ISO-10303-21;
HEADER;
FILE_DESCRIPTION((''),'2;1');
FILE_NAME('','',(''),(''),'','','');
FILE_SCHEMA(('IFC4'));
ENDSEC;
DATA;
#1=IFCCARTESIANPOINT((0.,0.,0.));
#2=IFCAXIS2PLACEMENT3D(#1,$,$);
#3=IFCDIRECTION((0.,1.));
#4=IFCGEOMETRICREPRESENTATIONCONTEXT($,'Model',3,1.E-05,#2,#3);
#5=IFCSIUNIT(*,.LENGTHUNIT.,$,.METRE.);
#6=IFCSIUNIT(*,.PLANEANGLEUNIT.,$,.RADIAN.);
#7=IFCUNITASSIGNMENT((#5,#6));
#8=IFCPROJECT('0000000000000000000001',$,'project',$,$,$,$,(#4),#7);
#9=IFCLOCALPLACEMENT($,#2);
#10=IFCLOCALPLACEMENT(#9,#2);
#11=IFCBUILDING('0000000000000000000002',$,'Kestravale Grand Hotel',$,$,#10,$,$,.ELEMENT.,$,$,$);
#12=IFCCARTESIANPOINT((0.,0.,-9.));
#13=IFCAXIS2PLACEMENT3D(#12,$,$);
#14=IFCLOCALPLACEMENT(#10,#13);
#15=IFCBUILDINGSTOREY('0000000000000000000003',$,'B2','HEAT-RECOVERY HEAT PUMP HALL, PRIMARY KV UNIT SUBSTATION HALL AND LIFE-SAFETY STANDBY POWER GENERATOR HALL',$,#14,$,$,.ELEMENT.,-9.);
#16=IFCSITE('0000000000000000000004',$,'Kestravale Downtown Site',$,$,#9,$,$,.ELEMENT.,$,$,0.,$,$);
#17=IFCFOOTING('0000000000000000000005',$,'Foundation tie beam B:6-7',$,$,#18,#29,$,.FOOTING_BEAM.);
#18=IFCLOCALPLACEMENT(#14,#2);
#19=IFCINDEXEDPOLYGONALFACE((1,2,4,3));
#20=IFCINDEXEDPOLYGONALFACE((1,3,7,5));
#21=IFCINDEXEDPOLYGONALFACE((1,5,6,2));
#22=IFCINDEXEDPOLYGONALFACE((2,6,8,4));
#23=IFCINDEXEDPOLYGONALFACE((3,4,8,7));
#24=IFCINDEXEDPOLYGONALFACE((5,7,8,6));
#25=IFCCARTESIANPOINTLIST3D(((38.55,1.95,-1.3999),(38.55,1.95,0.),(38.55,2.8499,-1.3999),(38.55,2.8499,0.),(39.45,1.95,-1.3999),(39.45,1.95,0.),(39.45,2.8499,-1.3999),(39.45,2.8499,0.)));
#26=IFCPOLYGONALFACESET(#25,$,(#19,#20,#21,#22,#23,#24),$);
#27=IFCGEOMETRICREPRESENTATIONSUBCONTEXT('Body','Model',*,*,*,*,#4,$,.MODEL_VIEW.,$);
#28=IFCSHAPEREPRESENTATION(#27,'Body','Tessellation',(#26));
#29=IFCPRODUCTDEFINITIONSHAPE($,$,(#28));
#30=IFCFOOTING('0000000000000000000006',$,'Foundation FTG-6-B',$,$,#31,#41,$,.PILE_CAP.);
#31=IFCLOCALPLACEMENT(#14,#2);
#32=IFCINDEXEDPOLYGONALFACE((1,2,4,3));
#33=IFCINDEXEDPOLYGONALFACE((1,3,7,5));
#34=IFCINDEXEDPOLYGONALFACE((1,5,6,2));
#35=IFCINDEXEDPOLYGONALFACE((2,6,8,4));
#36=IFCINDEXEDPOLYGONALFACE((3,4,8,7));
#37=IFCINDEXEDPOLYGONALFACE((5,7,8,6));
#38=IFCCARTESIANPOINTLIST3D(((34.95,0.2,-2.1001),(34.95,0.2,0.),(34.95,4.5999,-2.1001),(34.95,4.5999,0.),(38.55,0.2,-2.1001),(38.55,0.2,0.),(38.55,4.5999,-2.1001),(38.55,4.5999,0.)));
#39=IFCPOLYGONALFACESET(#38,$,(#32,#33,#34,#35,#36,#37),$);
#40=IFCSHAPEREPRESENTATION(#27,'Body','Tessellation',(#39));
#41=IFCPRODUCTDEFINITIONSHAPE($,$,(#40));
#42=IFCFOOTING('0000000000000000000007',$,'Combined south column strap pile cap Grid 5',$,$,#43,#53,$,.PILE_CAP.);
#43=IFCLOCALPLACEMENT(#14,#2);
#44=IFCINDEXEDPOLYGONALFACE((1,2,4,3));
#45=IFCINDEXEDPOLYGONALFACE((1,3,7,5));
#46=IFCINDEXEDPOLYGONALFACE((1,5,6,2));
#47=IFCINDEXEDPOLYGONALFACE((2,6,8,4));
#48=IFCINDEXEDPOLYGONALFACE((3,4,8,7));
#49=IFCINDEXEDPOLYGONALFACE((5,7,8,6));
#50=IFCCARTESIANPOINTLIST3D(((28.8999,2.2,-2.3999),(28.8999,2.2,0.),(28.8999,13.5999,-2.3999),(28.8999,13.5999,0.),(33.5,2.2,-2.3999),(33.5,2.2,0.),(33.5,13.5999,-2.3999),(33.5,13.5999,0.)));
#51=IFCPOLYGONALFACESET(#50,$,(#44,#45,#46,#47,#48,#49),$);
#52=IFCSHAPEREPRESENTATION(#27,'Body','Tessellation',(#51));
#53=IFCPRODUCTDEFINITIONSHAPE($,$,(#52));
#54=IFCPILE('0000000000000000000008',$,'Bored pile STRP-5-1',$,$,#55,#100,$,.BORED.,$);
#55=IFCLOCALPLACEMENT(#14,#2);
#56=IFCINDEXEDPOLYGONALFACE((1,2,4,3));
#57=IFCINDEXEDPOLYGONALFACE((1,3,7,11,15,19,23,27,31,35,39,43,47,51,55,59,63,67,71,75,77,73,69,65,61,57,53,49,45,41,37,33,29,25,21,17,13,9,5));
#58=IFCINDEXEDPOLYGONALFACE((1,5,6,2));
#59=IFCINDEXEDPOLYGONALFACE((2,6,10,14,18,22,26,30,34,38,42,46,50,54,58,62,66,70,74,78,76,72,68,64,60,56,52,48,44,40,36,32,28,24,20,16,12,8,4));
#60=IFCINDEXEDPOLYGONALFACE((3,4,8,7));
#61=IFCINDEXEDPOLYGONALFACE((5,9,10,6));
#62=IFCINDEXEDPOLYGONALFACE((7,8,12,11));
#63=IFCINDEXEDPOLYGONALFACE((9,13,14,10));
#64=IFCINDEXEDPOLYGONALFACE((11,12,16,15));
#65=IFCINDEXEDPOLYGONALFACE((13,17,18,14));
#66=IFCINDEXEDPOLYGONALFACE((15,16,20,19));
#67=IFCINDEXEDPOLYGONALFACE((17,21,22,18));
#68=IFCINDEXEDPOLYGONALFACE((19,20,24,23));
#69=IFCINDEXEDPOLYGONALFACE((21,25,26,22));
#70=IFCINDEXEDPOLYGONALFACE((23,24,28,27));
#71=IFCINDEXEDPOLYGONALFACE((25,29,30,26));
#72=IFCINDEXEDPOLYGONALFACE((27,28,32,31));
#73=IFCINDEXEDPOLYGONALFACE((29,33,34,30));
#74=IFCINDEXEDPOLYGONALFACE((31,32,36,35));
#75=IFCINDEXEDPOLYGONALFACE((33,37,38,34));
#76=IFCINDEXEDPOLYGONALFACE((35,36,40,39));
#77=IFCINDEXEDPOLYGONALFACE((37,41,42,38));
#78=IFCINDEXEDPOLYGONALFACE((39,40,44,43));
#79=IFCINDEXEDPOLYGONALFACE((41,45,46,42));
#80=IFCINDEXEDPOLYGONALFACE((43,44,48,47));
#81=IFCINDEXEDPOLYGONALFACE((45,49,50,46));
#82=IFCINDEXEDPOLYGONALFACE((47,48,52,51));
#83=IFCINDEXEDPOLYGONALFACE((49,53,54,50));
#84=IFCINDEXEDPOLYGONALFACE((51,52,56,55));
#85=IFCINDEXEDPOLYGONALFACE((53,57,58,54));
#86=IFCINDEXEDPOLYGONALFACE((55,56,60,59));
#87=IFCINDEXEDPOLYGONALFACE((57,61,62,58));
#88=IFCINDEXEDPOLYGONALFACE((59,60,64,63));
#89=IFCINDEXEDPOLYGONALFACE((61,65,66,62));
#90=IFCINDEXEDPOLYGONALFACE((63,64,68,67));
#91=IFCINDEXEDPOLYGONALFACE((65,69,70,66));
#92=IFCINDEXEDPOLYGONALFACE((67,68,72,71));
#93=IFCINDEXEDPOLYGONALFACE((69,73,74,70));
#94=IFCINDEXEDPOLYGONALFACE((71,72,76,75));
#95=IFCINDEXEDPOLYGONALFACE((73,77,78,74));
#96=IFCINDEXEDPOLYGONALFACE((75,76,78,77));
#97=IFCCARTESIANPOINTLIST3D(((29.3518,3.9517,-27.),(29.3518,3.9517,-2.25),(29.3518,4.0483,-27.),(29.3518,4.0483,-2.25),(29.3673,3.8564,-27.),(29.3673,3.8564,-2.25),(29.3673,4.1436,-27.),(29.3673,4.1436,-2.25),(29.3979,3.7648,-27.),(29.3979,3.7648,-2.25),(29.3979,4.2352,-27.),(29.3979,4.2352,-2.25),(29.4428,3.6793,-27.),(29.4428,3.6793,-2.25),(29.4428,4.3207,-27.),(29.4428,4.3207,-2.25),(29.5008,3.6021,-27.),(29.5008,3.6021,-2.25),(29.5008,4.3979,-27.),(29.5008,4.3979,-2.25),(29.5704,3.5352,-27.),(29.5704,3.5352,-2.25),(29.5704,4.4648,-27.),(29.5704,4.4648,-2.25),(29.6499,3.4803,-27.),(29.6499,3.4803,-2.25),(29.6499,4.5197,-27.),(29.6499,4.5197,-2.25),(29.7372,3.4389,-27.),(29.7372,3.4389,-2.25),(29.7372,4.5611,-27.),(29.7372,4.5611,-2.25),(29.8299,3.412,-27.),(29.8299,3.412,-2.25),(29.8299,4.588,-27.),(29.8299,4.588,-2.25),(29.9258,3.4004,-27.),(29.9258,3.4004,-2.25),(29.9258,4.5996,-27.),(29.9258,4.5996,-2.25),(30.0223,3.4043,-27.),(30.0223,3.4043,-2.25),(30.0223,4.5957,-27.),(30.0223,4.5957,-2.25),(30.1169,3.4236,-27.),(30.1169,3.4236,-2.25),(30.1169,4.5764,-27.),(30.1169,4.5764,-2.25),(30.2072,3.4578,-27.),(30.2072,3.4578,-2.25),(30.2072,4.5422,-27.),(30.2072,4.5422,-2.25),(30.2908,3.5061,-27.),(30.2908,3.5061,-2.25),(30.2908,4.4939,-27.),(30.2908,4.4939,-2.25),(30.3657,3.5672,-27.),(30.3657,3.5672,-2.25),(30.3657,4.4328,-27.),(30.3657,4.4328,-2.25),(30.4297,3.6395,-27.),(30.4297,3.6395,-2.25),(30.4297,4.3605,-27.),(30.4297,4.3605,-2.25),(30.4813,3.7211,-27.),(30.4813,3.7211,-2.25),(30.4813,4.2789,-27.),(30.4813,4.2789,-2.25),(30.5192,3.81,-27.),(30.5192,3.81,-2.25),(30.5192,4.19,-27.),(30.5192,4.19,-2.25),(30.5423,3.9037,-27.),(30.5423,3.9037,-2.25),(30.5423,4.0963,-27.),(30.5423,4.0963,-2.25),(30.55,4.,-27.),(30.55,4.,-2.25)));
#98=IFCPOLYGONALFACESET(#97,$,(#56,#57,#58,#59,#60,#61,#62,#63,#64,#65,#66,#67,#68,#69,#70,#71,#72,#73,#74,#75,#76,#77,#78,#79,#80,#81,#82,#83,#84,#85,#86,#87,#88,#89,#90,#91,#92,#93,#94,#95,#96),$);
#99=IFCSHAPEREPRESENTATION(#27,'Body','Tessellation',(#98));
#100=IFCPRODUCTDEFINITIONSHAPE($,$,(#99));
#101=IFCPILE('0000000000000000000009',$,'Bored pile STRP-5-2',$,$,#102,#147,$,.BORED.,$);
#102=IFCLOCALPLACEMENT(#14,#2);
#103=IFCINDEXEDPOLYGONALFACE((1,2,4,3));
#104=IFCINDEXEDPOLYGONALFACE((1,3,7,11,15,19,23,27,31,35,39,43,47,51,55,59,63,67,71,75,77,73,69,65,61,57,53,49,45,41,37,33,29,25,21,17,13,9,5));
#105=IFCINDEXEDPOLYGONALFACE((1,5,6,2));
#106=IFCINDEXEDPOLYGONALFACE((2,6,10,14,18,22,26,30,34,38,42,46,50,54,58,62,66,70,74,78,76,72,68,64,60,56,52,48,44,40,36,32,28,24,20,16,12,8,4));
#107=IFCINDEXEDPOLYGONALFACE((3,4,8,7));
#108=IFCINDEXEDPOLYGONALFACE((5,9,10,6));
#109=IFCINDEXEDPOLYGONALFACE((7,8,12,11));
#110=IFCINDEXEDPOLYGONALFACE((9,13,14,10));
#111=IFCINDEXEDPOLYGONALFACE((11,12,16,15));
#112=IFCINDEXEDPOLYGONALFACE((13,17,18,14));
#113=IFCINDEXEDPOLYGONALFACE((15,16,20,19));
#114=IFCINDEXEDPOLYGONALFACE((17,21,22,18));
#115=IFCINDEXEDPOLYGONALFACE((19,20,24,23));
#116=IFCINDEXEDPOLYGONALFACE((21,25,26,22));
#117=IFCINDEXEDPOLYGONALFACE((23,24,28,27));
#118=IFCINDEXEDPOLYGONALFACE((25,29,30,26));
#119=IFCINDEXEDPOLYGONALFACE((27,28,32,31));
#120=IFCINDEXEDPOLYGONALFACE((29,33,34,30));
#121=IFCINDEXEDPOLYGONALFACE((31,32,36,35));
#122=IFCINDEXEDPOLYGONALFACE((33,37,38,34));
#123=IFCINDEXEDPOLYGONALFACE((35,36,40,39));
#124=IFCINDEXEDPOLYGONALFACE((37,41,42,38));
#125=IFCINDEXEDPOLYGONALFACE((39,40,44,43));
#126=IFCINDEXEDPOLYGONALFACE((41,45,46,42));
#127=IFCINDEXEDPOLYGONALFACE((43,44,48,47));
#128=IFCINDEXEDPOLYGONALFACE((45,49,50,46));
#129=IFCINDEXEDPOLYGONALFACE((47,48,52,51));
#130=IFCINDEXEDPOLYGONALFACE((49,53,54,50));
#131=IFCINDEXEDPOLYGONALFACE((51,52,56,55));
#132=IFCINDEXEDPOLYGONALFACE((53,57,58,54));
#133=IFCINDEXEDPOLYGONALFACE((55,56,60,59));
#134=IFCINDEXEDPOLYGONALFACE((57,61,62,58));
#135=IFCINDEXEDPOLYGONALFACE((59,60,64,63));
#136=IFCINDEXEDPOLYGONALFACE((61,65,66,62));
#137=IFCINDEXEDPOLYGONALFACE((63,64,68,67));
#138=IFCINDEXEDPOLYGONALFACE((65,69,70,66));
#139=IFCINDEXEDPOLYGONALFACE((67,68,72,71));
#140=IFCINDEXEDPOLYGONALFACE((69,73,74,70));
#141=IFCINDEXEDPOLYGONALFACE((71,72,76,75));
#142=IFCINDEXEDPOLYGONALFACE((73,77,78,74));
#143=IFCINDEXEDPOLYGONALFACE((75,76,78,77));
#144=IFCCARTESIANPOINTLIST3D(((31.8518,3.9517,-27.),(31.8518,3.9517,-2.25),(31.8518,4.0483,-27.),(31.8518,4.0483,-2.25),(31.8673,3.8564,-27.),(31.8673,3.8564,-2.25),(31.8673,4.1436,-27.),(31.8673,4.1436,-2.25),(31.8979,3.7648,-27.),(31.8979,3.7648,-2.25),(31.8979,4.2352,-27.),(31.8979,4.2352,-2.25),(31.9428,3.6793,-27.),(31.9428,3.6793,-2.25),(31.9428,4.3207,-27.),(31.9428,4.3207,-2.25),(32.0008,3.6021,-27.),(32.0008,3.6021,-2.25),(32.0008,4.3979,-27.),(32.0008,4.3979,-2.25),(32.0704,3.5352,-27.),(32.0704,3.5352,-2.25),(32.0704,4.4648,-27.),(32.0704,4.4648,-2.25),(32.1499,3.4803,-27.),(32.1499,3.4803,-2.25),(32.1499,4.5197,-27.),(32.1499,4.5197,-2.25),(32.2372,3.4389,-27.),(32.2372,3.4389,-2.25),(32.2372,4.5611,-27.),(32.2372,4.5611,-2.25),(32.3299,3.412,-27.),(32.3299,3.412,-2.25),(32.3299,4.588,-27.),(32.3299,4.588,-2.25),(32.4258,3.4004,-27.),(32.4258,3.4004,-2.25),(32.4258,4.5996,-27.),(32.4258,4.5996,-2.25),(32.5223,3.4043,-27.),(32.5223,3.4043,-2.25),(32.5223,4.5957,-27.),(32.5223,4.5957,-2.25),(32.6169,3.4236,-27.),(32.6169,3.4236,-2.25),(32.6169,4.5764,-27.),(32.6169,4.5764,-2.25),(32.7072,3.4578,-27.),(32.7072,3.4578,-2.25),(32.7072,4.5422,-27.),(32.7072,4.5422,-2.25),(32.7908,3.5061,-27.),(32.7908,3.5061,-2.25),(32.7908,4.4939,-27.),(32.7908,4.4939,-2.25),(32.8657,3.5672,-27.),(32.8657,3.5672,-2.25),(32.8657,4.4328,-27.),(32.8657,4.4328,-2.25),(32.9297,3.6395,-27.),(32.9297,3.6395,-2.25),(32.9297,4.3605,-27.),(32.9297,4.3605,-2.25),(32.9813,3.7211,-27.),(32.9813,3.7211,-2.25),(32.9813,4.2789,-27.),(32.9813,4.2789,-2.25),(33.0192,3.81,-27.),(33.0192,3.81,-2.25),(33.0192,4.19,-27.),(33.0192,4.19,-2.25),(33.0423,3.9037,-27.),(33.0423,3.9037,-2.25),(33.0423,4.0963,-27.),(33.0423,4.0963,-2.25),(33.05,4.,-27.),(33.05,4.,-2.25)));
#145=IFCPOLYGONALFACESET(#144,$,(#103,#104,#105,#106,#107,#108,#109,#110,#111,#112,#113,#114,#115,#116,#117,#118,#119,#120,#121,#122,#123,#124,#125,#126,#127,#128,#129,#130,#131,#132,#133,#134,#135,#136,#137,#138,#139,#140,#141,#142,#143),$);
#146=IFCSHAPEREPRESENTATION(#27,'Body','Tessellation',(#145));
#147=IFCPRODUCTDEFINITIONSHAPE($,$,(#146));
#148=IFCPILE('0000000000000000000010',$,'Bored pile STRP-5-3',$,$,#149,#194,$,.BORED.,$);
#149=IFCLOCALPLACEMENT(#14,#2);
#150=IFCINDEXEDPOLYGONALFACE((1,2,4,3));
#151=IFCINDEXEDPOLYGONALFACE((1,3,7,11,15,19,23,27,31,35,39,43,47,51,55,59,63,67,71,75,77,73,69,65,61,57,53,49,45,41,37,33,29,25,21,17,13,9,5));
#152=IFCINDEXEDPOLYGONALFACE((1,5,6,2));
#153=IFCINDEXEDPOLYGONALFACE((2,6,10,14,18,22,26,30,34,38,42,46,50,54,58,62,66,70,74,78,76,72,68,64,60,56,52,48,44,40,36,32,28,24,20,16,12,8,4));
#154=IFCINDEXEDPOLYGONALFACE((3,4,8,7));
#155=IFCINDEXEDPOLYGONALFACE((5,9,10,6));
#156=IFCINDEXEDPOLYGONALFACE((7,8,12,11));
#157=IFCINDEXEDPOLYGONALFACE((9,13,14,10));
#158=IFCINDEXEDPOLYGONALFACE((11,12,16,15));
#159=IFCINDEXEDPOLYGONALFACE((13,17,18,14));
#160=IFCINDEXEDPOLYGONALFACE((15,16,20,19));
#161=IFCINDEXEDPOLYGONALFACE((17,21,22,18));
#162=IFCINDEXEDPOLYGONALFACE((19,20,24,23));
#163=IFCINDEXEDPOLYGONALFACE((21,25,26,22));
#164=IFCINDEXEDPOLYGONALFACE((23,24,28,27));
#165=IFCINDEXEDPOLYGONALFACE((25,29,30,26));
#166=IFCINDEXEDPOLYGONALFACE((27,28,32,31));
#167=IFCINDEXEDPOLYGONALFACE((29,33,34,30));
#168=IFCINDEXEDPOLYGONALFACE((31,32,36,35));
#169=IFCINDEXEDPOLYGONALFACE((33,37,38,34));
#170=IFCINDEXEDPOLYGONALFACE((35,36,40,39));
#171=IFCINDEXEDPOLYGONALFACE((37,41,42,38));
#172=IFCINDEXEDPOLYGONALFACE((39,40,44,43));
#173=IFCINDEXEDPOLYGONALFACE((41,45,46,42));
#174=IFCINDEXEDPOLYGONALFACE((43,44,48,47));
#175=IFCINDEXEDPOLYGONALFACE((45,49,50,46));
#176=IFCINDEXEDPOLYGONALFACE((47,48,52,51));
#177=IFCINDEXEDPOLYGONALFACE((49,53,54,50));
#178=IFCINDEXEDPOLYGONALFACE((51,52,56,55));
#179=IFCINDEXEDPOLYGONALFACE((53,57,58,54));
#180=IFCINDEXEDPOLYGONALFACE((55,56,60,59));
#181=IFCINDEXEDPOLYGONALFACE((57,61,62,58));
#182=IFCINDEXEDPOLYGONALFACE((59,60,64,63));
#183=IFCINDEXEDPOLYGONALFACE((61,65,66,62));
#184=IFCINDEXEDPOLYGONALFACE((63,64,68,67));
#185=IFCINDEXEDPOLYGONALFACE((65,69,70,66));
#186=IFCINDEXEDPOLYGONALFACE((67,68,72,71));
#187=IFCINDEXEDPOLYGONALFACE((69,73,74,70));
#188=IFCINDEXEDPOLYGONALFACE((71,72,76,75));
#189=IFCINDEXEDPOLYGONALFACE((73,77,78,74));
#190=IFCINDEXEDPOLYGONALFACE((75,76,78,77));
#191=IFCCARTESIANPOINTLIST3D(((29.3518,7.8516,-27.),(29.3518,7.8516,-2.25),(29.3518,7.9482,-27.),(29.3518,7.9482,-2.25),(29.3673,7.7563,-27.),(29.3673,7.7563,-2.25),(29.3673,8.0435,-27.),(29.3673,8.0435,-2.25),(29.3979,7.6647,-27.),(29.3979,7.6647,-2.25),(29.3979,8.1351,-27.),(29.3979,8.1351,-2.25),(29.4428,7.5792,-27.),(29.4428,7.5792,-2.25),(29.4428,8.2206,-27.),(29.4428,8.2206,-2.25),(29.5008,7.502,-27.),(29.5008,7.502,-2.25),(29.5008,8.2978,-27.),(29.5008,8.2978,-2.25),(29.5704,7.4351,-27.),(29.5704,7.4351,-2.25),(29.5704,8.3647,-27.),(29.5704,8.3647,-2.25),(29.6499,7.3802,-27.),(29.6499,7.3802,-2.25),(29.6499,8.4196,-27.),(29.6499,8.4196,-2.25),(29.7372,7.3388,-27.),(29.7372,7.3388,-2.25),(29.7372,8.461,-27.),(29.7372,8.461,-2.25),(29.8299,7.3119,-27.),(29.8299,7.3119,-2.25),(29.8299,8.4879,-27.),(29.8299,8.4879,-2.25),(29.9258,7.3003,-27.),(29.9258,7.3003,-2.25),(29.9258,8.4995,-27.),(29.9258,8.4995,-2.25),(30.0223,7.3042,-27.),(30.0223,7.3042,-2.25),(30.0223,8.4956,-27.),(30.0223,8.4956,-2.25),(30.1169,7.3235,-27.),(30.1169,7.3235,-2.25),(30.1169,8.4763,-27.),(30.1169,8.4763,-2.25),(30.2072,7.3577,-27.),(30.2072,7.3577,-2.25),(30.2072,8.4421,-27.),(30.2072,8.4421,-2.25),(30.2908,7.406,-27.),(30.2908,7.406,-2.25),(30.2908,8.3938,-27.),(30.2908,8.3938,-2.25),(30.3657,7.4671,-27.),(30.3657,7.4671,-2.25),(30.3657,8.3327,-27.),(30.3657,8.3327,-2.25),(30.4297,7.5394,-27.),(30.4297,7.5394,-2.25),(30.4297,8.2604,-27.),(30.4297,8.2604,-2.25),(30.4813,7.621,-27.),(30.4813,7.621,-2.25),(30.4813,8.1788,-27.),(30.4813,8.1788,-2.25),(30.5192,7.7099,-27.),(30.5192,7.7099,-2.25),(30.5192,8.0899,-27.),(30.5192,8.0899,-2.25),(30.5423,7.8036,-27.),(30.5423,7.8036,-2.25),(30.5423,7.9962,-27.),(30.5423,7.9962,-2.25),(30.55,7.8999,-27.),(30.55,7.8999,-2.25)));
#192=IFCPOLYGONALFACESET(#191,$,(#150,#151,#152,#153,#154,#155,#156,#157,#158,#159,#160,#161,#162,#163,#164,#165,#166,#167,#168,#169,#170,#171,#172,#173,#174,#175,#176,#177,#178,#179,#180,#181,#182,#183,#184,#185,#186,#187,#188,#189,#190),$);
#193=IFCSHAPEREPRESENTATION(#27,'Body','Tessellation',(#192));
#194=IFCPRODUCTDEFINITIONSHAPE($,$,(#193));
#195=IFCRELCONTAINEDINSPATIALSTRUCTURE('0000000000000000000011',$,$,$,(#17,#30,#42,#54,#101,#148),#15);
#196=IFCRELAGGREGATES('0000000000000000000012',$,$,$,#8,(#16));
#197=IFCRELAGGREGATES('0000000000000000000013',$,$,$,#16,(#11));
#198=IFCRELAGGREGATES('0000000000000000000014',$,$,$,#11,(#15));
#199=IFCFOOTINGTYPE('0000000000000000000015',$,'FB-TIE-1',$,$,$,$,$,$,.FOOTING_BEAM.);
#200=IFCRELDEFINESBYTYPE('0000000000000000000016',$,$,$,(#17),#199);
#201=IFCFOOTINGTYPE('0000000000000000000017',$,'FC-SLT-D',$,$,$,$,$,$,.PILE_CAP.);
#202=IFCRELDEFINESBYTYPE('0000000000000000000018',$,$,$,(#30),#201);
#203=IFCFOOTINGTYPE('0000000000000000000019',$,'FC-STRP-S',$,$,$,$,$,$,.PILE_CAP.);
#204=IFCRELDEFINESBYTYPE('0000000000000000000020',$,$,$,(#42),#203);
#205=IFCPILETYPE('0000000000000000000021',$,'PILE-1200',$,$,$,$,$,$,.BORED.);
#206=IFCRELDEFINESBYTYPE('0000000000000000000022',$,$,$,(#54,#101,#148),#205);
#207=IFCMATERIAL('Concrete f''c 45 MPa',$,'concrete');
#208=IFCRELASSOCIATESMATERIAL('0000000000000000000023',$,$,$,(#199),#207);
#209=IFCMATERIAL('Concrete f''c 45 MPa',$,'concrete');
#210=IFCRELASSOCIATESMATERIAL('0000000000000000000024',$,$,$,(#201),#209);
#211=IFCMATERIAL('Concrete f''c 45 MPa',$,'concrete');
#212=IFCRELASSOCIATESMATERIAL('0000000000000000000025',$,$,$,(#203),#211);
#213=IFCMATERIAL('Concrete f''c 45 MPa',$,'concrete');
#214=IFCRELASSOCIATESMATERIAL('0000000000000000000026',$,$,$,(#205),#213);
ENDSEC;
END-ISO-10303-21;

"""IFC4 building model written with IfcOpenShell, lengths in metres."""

from ifc_helpers import new_model, si_unit, direction, frame, origin, origin_2d, place, context, subcontext, project, spatial, rectangle, circle, extrude, material, material_profile, profile_set, type_object, element, save


model = new_model("IFC4")

# Units and contexts
model_context = context("Model", 3, precision=1e-05, world=origin(), true_north=direction((0.0, 1.0)))
body_context = subcontext(model_context, "Body", "Model", "MODEL_VIEW")
ifc_project = project(units=[si_unit("LENGTHUNIT", "METRE"), si_unit("PLANEANGLEUNIT", "RADIAN")], contexts=[model_context])

# Site, building, storey
site_placement = place(None, origin())
site = spatial("IfcSite", under=ifc_project, at=site_placement, Name="Kestravale Downtown Site", CompositionType="ELEMENT", RefElevation=0.0)
building_placement = place(site_placement, origin())
building = spatial("IfcBuilding", under=site, at=building_placement, Name="Kestravale Grand Hotel", CompositionType="ELEMENT")
storey_placement = place(building_placement, frame((0.0, 0.0, -9.0)))
storey = spatial("IfcBuildingStorey", under=building, at=storey_placement, Name="B2", Description="HEAT-RECOVERY HEAT PUMP HALL, PRIMARY KV UNIT SUBSTATION HALL AND LIFE-SAFETY STANDBY POWER GENERATOR HALL", CompositionType="ELEMENT", Elevation=-9.0)

# Footings
ifc_material_1 = material(Name="Concrete f'c 45 MPa", Category="concrete")
ifc_material_profile_1 = material_profile(ifc_material_1, rectangle(XDim=0.8999, YDim=1.3999, at=origin_2d()))
ifc_profile_set_1 = profile_set([ifc_material_profile_1], Name="Concrete f'c 45 MPa")
footing_type_1 = type_object("IfcFootingType", Name="FB-TIE-1", PredefinedType="FOOTING_BEAM", material=ifc_profile_set_1)
footing_1_placement = place(storey_placement, frame((38.55, 2.3999, -0.7), z_axis=(1.0, 0.0, 0.0), x_axis=(0.0, 1.0, 0.0)))
element("IfcFooting", 1, at=footing_1_placement, inside=storey, type_object=footing_type_1, Name="Foundation tie beam B:6-7", PredefinedType="FOOTING_BEAM", context=body_context, shape_type="SweptSolid", body=[
    extrude(rectangle(XDim=0.8999, YDim=1.3999, at=origin_2d()), origin(), (0.0, 0.0, 1.0), 0.8999),
])
ifc_material_2 = material(Name="Concrete f'c 45 MPa", Category="concrete")
footing_type_2 = type_object("IfcFootingType", Name="FC-SLT-D", PredefinedType="PILE_CAP", material=ifc_material_2)
footing_2_placement = place(storey_placement, frame((36.75, 2.3999, -2.1001), z_axis=(0.0, 0.0, 1.0), x_axis=(1.0, 0.0, 0.0)))
element("IfcFooting", 2, at=footing_2_placement, inside=storey, type_object=footing_type_2, Name="Foundation FTG-6-B", PredefinedType="PILE_CAP", context=body_context, shape_type="SweptSolid", body=[
    extrude(rectangle(XDim=3.6001, YDim=4.3999, at=origin_2d()), origin(), (0.0, 0.0, 1.0), 2.1001),
])
ifc_material_3 = material(Name="Concrete f'c 45 MPa", Category="concrete")
footing_type_3 = type_object("IfcFootingType", Name="FC-STRP-S", PredefinedType="PILE_CAP", material=ifc_material_3)
footing_3_placement = place(storey_placement, frame((31.2, 7.8999, -2.3999), z_axis=(0.0, 0.0, 1.0), x_axis=(1.0, 0.0, 0.0)))
element("IfcFooting", 3, at=footing_3_placement, inside=storey, type_object=footing_type_3, Name="Combined south column strap pile cap Grid 5", PredefinedType="PILE_CAP", context=body_context, shape_type="SweptSolid", body=[
    extrude(rectangle(XDim=4.6001, YDim=11.3999, at=origin_2d()), origin(), (0.0, 0.0, 1.0), 2.3999),
])

# Piles
ifc_material_4 = material(Name="Concrete f'c 45 MPa", Category="concrete")
ifc_material_profile_2 = material_profile(ifc_material_4, circle(Radius=0.6001, at=origin_2d()))
ifc_profile_set_2 = profile_set([ifc_material_profile_2], Name="Concrete f'c 45 MPa")
pile_type_1 = type_object("IfcPileType", Name="PILE-1200", PredefinedType="BORED", material=ifc_profile_set_2)
for number, where, z_axis, x_axis, name in (
    (4, (29.95, 4.0, -2.25), (0.0, 0.0, -1.0), (1.0, 0.0, 0.0), "Bored pile STRP-5-1"),
    (5, (32.45, 4.0, -2.25), (0.0, 0.0, -1.0), (1.0, 0.0, 0.0), "Bored pile STRP-5-2"),
    (6, (29.95, 7.8999, -2.25), (0.0, 0.0, -1.0), (1.0, 0.0, 0.0), "Bored pile STRP-5-3"),
):
    element("IfcPile", number, at=place(storey_placement, frame(where, z_axis=z_axis, x_axis=x_axis)), inside=storey, type_object=pile_type_1, Name=name, PredefinedType="BORED", context=body_context, shape_type="SweptSolid", body=[
        extrude(circle(Radius=0.6001, at=origin_2d()), origin(), (0.0, 0.0, 1.0), 24.75),
    ])

save(model, "model.ifc")
